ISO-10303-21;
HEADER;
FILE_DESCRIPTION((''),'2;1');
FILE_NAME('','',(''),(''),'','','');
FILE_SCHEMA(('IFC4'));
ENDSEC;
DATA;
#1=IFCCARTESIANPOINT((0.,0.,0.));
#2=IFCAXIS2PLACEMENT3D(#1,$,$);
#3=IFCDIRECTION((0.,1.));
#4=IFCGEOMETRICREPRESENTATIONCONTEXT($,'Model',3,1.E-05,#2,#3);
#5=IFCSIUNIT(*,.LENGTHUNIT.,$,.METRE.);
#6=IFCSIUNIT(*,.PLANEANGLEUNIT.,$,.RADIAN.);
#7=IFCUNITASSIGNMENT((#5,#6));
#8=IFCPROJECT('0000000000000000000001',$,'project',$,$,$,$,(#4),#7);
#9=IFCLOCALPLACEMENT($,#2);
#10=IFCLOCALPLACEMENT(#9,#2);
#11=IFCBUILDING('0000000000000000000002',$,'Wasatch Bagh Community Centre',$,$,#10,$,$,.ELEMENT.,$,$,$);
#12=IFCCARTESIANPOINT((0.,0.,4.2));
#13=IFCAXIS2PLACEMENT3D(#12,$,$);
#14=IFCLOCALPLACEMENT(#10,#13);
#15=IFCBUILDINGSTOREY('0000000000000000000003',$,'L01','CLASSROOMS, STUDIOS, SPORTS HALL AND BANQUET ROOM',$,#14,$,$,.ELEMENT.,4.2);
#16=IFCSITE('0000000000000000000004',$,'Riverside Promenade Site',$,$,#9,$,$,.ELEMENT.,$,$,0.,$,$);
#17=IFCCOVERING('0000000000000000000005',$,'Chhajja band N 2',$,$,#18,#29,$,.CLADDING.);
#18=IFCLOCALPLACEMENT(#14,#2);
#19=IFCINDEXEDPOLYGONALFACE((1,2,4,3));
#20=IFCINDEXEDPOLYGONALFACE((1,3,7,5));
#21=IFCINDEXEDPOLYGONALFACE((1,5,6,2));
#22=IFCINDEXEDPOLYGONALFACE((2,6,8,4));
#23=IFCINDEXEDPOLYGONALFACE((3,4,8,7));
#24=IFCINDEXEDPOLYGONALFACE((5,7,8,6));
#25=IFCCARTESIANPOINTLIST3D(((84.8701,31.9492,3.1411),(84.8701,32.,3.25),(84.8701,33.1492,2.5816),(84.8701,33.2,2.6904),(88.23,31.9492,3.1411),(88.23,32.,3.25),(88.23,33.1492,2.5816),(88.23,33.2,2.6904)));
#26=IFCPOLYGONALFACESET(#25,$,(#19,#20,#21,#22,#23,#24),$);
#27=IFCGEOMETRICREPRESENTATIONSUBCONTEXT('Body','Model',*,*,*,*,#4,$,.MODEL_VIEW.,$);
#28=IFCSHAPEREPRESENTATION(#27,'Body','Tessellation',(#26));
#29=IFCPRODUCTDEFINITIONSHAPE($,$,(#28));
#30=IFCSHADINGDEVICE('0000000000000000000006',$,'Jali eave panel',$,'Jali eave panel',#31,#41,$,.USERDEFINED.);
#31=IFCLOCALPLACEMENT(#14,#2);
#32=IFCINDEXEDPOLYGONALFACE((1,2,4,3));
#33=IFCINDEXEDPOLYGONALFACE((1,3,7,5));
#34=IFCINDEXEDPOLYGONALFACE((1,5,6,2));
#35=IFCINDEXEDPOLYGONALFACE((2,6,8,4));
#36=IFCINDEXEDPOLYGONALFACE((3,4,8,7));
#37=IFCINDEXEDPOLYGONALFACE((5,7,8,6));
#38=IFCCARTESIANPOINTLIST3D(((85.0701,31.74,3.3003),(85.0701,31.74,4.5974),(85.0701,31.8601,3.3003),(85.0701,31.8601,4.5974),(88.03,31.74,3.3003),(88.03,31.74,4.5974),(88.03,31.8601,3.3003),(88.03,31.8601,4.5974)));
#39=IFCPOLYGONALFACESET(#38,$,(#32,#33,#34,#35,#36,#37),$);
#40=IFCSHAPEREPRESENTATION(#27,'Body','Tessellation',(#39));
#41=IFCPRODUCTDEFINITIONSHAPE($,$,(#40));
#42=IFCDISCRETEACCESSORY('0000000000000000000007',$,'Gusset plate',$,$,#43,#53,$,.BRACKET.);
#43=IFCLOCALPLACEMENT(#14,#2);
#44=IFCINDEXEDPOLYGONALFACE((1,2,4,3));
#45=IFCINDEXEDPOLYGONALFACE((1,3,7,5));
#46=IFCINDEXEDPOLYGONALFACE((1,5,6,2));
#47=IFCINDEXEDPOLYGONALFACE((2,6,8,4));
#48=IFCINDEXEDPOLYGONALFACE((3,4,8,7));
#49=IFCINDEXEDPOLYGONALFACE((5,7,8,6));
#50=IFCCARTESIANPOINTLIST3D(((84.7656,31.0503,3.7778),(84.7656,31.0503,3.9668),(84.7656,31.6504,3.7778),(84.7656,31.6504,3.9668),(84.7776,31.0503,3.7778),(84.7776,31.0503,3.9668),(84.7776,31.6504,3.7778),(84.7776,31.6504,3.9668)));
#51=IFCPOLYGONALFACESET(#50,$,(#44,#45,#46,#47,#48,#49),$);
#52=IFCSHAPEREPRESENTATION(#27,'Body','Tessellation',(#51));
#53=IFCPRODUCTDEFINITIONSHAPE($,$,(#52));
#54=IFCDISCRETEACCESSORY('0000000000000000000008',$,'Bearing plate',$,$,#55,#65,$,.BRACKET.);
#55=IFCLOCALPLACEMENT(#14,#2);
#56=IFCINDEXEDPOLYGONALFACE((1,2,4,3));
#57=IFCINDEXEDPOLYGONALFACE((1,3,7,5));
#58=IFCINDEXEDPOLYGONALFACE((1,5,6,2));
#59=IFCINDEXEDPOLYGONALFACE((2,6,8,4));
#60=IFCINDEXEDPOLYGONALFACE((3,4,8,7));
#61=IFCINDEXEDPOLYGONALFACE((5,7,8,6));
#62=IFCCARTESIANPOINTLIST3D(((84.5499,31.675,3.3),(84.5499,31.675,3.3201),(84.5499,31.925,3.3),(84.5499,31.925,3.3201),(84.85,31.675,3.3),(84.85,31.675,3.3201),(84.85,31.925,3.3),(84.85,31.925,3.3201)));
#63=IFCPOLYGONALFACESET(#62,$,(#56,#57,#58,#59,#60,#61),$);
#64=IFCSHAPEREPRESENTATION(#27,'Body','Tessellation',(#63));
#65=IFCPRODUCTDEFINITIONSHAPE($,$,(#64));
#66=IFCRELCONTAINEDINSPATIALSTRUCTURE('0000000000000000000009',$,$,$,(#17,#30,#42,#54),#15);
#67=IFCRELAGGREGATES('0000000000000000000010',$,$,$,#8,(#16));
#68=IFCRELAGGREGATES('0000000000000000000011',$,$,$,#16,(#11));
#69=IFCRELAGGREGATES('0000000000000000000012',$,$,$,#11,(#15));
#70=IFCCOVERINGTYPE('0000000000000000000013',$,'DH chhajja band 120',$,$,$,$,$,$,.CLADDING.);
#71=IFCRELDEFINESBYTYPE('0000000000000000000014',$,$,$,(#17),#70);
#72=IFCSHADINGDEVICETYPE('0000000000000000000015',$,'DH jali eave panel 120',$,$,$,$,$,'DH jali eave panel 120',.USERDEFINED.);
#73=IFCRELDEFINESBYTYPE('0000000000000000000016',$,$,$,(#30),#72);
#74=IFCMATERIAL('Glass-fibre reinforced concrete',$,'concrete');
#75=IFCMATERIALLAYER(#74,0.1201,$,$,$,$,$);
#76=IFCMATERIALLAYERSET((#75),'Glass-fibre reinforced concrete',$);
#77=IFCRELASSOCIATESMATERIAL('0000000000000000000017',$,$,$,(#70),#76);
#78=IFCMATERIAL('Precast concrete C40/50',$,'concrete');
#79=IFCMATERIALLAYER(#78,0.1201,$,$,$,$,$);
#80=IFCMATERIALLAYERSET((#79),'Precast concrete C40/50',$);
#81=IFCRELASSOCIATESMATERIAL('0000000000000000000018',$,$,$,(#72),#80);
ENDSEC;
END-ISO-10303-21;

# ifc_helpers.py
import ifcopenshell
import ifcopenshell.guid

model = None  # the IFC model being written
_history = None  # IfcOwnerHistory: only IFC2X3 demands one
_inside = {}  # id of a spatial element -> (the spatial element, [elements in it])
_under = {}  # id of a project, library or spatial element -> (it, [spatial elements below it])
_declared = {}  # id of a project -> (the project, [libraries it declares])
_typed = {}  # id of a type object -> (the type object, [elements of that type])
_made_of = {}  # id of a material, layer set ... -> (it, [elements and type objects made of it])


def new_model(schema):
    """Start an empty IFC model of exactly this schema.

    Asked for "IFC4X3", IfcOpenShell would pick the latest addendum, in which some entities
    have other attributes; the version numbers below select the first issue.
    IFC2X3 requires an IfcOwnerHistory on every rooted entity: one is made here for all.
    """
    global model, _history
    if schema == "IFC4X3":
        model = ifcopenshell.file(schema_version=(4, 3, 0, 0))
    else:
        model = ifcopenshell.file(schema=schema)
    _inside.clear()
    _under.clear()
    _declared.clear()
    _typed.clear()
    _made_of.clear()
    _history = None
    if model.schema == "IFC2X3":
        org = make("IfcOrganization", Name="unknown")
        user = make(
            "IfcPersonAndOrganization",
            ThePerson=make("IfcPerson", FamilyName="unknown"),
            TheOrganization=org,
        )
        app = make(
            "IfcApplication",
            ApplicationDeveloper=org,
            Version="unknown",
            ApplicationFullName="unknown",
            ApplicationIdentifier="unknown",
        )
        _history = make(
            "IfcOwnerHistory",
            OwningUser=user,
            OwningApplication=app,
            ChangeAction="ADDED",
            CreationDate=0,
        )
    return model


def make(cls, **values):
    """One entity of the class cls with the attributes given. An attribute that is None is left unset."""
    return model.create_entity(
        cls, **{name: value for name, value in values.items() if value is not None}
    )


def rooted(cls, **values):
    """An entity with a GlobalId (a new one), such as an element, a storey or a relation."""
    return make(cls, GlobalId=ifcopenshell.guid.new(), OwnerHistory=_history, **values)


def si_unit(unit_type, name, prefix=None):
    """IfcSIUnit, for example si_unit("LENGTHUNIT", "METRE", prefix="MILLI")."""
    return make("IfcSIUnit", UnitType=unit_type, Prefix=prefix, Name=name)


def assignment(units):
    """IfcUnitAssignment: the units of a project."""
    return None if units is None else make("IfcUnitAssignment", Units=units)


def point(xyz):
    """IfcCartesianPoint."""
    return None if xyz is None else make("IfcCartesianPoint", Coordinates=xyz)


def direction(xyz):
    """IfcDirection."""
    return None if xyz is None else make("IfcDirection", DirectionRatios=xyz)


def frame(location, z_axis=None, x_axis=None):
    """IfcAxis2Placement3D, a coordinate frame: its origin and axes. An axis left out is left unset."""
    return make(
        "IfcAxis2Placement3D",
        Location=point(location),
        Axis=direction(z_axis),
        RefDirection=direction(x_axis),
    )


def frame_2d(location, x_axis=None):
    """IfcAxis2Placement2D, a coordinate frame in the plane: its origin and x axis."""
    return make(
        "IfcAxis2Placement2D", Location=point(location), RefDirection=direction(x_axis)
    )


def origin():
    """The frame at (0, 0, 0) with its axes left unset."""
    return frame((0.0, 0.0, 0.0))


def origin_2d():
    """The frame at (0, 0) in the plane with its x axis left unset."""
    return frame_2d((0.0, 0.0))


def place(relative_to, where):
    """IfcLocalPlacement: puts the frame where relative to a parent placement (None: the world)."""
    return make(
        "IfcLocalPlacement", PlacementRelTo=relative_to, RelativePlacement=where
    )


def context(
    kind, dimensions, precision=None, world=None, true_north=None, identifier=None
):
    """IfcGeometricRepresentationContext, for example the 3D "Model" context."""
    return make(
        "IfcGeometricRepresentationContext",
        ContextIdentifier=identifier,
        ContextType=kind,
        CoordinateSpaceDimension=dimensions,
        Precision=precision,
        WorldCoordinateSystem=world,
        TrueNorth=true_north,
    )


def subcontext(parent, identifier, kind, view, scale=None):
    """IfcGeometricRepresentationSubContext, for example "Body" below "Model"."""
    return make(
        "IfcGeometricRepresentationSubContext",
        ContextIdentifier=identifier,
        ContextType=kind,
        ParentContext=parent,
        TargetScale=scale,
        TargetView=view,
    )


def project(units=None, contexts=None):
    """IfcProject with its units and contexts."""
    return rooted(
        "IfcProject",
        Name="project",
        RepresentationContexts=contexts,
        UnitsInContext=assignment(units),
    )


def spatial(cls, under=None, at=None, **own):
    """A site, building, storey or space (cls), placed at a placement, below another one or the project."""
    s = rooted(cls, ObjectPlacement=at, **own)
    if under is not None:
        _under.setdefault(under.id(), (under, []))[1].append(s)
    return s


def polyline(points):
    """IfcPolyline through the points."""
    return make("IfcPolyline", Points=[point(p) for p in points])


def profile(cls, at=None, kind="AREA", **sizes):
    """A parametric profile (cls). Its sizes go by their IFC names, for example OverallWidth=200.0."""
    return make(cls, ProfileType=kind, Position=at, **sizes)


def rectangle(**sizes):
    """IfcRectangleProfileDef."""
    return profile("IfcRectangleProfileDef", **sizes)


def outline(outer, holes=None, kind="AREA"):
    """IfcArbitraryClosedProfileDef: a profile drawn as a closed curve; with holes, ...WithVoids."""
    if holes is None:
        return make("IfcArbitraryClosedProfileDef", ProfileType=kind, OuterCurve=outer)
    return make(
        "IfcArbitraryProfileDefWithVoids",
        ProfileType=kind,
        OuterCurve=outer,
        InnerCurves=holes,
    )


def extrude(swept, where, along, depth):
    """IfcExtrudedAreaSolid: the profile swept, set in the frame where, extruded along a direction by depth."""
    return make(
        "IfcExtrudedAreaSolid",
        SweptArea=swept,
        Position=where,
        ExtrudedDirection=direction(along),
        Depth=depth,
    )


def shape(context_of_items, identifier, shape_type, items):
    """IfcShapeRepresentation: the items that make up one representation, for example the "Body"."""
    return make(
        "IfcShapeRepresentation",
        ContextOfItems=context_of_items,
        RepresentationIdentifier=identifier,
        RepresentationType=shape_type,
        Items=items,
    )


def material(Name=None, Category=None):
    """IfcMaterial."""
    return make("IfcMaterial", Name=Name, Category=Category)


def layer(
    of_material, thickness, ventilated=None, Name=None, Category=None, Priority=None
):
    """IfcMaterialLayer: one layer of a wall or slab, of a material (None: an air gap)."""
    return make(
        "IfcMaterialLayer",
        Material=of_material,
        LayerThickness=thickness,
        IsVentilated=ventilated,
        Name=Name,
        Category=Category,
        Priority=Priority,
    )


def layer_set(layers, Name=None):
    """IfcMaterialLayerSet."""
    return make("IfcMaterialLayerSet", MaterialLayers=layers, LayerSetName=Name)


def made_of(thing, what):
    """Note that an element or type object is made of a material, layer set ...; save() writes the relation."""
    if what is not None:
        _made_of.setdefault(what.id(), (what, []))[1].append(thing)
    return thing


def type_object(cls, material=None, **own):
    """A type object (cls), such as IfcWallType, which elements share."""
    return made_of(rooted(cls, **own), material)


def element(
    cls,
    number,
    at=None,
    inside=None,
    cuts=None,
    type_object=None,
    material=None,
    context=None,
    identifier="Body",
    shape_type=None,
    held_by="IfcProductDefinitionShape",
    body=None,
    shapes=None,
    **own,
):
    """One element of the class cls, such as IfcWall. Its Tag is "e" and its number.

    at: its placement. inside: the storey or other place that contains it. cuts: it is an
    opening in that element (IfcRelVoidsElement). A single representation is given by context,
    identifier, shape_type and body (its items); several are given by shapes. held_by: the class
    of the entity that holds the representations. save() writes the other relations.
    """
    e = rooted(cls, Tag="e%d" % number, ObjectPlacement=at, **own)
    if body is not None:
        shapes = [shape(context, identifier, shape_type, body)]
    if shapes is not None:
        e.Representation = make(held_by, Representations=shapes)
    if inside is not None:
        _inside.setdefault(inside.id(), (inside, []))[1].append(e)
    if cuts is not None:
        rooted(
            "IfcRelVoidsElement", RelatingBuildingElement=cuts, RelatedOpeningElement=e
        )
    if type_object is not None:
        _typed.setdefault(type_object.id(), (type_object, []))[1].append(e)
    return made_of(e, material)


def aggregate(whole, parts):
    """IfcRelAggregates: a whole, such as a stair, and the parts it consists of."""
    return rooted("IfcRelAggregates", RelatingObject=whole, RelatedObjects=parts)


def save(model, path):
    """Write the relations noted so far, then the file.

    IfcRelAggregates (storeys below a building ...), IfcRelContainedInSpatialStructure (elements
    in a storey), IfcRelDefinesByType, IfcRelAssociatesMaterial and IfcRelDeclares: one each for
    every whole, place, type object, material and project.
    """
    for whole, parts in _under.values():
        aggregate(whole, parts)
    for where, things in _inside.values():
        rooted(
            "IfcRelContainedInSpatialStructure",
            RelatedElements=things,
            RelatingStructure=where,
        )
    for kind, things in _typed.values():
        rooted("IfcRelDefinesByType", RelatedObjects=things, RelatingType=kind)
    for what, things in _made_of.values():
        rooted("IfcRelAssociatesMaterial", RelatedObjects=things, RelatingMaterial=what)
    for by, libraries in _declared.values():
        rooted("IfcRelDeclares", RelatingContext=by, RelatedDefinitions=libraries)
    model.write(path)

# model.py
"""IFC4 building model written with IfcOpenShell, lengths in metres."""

from ifc_helpers import new_model, si_unit, direction, frame, origin, origin_2d, place, context, subcontext, project, spatial, polyline, rectangle, outline, extrude, material, layer, layer_set, type_object, element, save


model = new_model("IFC4")

# Units and contexts
model_context = context("Model", 3, precision=1e-05, world=origin(), true_north=direction((0.0, 1.0)))
body_context = subcontext(model_context, "Body", "Model", "MODEL_VIEW")
ifc_project = project(units=[si_unit("LENGTHUNIT", "METRE"), si_unit("PLANEANGLEUNIT", "RADIAN")], contexts=[model_context])

# Site, building, storey
site_placement = place(None, origin())
site = spatial("IfcSite", under=ifc_project, at=site_placement, Name="Riverside Promenade Site", CompositionType="ELEMENT", RefElevation=0.0)
building_placement = place(site_placement, origin())
building = spatial("IfcBuilding", under=site, at=building_placement, Name="Wasatch Bagh Community Centre", CompositionType="ELEMENT")
storey_placement = place(building_placement, frame((0.0, 0.0, 4.2)))
storey = spatial("IfcBuildingStorey", under=building, at=storey_placement, Name="L01", Description="CLASSROOMS, STUDIOS, SPORTS HALL AND BANQUET ROOM", CompositionType="ELEMENT", Elevation=4.2)

# Covering
ifc_material_1 = material(Name="Glass-fibre reinforced concrete", Category="concrete")
ifc_layer_1 = layer(ifc_material_1, 0.1201)
ifc_layer_set_1 = layer_set([ifc_layer_1], Name="Glass-fibre reinforced concrete")
covering_type = type_object("IfcCoveringType", Name="DH chhajja band 120", PredefinedType="CLADDING", material=ifc_layer_set_1)
covering_placement = place(storey_placement, frame((84.8701, 32.0, 3.25), z_axis=(0.0, 0.422633, 0.906301), x_axis=(1.0, 0.0, 0.0)))
element("IfcCovering", 1, at=covering_placement, inside=storey, type_object=covering_type, Name="Chhajja band N 2", PredefinedType="CLADDING", context=body_context, shape_type="SweptSolid", body=[
    extrude(outline(polyline([(0.0, 0.0), (3.3599, 0.0), (3.3599, 1.324), (0.0, 1.324), (0.0, 0.0)])), origin(), (0.0, 0.0, -1.0), 0.1201),
])

# Shading device
ifc_material_2 = material(Name="Precast concrete C40/50", Category="concrete")
ifc_layer_2 = layer(ifc_material_2, 0.1201)
ifc_layer_set_2 = layer_set([ifc_layer_2], Name="Precast concrete C40/50")
shading_device_type = type_object("IfcShadingDeviceType", Name="DH jali eave panel 120", ElementType="DH jali eave panel 120", PredefinedType="USERDEFINED", material=ifc_layer_set_2)
shading_device_placement = place(storey_placement, frame((86.55, 31.8, 3.3003), z_axis=(0.0, 0.0, 1.0), x_axis=(1.0, 0.0, 0.0)))
element("IfcShadingDevice", 2, at=shading_device_placement, inside=storey, type_object=shading_device_type, Name="Jali eave panel", ObjectType="Jali eave panel", PredefinedType="USERDEFINED", context=body_context, shape_type="SweptSolid", body=[
    extrude(rectangle(XDim=2.96, YDim=0.1201, at=origin_2d()), origin(), (0.0, 0.0, 1.0), 1.2971),
])

# Discrete accessories
discrete_accessory_1_placement = place(storey_placement, frame((84.7776, 31.0503, 3.7778), z_axis=(1.0, 0.0, 0.0), x_axis=(0.0, 1.0, 0.0)))
element("IfcDiscreteAccessory", 3, at=discrete_accessory_1_placement, inside=storey, Name="Gusset plate", PredefinedType="BRACKET", context=body_context, shape_type="SweptSolid", body=[
    extrude(outline(polyline([(0.0, 0.0), (0.6001, 0.0), (0.6001, 0.189), (0.0, 0.189), (0.0, 0.0)])), origin(), (0.0, 0.0, -1.0), 0.012),
])
discrete_accessory_2_placement = place(storey_placement, frame((84.7, 31.8, 3.3), z_axis=(0.0, 0.0, 1.0), x_axis=(1.0, 0.0, 0.0)))
element("IfcDiscreteAccessory", 4, at=discrete_accessory_2_placement, inside=storey, Name="Bearing plate", PredefinedType="BRACKET", context=body_context, shape_type="SweptSolid", body=[
    extrude(rectangle(XDim=0.3, YDim=0.25, at=origin_2d()), origin(), (0.0, 0.0, 1.0), 0.02),
])

save(model, "model.ifc")
